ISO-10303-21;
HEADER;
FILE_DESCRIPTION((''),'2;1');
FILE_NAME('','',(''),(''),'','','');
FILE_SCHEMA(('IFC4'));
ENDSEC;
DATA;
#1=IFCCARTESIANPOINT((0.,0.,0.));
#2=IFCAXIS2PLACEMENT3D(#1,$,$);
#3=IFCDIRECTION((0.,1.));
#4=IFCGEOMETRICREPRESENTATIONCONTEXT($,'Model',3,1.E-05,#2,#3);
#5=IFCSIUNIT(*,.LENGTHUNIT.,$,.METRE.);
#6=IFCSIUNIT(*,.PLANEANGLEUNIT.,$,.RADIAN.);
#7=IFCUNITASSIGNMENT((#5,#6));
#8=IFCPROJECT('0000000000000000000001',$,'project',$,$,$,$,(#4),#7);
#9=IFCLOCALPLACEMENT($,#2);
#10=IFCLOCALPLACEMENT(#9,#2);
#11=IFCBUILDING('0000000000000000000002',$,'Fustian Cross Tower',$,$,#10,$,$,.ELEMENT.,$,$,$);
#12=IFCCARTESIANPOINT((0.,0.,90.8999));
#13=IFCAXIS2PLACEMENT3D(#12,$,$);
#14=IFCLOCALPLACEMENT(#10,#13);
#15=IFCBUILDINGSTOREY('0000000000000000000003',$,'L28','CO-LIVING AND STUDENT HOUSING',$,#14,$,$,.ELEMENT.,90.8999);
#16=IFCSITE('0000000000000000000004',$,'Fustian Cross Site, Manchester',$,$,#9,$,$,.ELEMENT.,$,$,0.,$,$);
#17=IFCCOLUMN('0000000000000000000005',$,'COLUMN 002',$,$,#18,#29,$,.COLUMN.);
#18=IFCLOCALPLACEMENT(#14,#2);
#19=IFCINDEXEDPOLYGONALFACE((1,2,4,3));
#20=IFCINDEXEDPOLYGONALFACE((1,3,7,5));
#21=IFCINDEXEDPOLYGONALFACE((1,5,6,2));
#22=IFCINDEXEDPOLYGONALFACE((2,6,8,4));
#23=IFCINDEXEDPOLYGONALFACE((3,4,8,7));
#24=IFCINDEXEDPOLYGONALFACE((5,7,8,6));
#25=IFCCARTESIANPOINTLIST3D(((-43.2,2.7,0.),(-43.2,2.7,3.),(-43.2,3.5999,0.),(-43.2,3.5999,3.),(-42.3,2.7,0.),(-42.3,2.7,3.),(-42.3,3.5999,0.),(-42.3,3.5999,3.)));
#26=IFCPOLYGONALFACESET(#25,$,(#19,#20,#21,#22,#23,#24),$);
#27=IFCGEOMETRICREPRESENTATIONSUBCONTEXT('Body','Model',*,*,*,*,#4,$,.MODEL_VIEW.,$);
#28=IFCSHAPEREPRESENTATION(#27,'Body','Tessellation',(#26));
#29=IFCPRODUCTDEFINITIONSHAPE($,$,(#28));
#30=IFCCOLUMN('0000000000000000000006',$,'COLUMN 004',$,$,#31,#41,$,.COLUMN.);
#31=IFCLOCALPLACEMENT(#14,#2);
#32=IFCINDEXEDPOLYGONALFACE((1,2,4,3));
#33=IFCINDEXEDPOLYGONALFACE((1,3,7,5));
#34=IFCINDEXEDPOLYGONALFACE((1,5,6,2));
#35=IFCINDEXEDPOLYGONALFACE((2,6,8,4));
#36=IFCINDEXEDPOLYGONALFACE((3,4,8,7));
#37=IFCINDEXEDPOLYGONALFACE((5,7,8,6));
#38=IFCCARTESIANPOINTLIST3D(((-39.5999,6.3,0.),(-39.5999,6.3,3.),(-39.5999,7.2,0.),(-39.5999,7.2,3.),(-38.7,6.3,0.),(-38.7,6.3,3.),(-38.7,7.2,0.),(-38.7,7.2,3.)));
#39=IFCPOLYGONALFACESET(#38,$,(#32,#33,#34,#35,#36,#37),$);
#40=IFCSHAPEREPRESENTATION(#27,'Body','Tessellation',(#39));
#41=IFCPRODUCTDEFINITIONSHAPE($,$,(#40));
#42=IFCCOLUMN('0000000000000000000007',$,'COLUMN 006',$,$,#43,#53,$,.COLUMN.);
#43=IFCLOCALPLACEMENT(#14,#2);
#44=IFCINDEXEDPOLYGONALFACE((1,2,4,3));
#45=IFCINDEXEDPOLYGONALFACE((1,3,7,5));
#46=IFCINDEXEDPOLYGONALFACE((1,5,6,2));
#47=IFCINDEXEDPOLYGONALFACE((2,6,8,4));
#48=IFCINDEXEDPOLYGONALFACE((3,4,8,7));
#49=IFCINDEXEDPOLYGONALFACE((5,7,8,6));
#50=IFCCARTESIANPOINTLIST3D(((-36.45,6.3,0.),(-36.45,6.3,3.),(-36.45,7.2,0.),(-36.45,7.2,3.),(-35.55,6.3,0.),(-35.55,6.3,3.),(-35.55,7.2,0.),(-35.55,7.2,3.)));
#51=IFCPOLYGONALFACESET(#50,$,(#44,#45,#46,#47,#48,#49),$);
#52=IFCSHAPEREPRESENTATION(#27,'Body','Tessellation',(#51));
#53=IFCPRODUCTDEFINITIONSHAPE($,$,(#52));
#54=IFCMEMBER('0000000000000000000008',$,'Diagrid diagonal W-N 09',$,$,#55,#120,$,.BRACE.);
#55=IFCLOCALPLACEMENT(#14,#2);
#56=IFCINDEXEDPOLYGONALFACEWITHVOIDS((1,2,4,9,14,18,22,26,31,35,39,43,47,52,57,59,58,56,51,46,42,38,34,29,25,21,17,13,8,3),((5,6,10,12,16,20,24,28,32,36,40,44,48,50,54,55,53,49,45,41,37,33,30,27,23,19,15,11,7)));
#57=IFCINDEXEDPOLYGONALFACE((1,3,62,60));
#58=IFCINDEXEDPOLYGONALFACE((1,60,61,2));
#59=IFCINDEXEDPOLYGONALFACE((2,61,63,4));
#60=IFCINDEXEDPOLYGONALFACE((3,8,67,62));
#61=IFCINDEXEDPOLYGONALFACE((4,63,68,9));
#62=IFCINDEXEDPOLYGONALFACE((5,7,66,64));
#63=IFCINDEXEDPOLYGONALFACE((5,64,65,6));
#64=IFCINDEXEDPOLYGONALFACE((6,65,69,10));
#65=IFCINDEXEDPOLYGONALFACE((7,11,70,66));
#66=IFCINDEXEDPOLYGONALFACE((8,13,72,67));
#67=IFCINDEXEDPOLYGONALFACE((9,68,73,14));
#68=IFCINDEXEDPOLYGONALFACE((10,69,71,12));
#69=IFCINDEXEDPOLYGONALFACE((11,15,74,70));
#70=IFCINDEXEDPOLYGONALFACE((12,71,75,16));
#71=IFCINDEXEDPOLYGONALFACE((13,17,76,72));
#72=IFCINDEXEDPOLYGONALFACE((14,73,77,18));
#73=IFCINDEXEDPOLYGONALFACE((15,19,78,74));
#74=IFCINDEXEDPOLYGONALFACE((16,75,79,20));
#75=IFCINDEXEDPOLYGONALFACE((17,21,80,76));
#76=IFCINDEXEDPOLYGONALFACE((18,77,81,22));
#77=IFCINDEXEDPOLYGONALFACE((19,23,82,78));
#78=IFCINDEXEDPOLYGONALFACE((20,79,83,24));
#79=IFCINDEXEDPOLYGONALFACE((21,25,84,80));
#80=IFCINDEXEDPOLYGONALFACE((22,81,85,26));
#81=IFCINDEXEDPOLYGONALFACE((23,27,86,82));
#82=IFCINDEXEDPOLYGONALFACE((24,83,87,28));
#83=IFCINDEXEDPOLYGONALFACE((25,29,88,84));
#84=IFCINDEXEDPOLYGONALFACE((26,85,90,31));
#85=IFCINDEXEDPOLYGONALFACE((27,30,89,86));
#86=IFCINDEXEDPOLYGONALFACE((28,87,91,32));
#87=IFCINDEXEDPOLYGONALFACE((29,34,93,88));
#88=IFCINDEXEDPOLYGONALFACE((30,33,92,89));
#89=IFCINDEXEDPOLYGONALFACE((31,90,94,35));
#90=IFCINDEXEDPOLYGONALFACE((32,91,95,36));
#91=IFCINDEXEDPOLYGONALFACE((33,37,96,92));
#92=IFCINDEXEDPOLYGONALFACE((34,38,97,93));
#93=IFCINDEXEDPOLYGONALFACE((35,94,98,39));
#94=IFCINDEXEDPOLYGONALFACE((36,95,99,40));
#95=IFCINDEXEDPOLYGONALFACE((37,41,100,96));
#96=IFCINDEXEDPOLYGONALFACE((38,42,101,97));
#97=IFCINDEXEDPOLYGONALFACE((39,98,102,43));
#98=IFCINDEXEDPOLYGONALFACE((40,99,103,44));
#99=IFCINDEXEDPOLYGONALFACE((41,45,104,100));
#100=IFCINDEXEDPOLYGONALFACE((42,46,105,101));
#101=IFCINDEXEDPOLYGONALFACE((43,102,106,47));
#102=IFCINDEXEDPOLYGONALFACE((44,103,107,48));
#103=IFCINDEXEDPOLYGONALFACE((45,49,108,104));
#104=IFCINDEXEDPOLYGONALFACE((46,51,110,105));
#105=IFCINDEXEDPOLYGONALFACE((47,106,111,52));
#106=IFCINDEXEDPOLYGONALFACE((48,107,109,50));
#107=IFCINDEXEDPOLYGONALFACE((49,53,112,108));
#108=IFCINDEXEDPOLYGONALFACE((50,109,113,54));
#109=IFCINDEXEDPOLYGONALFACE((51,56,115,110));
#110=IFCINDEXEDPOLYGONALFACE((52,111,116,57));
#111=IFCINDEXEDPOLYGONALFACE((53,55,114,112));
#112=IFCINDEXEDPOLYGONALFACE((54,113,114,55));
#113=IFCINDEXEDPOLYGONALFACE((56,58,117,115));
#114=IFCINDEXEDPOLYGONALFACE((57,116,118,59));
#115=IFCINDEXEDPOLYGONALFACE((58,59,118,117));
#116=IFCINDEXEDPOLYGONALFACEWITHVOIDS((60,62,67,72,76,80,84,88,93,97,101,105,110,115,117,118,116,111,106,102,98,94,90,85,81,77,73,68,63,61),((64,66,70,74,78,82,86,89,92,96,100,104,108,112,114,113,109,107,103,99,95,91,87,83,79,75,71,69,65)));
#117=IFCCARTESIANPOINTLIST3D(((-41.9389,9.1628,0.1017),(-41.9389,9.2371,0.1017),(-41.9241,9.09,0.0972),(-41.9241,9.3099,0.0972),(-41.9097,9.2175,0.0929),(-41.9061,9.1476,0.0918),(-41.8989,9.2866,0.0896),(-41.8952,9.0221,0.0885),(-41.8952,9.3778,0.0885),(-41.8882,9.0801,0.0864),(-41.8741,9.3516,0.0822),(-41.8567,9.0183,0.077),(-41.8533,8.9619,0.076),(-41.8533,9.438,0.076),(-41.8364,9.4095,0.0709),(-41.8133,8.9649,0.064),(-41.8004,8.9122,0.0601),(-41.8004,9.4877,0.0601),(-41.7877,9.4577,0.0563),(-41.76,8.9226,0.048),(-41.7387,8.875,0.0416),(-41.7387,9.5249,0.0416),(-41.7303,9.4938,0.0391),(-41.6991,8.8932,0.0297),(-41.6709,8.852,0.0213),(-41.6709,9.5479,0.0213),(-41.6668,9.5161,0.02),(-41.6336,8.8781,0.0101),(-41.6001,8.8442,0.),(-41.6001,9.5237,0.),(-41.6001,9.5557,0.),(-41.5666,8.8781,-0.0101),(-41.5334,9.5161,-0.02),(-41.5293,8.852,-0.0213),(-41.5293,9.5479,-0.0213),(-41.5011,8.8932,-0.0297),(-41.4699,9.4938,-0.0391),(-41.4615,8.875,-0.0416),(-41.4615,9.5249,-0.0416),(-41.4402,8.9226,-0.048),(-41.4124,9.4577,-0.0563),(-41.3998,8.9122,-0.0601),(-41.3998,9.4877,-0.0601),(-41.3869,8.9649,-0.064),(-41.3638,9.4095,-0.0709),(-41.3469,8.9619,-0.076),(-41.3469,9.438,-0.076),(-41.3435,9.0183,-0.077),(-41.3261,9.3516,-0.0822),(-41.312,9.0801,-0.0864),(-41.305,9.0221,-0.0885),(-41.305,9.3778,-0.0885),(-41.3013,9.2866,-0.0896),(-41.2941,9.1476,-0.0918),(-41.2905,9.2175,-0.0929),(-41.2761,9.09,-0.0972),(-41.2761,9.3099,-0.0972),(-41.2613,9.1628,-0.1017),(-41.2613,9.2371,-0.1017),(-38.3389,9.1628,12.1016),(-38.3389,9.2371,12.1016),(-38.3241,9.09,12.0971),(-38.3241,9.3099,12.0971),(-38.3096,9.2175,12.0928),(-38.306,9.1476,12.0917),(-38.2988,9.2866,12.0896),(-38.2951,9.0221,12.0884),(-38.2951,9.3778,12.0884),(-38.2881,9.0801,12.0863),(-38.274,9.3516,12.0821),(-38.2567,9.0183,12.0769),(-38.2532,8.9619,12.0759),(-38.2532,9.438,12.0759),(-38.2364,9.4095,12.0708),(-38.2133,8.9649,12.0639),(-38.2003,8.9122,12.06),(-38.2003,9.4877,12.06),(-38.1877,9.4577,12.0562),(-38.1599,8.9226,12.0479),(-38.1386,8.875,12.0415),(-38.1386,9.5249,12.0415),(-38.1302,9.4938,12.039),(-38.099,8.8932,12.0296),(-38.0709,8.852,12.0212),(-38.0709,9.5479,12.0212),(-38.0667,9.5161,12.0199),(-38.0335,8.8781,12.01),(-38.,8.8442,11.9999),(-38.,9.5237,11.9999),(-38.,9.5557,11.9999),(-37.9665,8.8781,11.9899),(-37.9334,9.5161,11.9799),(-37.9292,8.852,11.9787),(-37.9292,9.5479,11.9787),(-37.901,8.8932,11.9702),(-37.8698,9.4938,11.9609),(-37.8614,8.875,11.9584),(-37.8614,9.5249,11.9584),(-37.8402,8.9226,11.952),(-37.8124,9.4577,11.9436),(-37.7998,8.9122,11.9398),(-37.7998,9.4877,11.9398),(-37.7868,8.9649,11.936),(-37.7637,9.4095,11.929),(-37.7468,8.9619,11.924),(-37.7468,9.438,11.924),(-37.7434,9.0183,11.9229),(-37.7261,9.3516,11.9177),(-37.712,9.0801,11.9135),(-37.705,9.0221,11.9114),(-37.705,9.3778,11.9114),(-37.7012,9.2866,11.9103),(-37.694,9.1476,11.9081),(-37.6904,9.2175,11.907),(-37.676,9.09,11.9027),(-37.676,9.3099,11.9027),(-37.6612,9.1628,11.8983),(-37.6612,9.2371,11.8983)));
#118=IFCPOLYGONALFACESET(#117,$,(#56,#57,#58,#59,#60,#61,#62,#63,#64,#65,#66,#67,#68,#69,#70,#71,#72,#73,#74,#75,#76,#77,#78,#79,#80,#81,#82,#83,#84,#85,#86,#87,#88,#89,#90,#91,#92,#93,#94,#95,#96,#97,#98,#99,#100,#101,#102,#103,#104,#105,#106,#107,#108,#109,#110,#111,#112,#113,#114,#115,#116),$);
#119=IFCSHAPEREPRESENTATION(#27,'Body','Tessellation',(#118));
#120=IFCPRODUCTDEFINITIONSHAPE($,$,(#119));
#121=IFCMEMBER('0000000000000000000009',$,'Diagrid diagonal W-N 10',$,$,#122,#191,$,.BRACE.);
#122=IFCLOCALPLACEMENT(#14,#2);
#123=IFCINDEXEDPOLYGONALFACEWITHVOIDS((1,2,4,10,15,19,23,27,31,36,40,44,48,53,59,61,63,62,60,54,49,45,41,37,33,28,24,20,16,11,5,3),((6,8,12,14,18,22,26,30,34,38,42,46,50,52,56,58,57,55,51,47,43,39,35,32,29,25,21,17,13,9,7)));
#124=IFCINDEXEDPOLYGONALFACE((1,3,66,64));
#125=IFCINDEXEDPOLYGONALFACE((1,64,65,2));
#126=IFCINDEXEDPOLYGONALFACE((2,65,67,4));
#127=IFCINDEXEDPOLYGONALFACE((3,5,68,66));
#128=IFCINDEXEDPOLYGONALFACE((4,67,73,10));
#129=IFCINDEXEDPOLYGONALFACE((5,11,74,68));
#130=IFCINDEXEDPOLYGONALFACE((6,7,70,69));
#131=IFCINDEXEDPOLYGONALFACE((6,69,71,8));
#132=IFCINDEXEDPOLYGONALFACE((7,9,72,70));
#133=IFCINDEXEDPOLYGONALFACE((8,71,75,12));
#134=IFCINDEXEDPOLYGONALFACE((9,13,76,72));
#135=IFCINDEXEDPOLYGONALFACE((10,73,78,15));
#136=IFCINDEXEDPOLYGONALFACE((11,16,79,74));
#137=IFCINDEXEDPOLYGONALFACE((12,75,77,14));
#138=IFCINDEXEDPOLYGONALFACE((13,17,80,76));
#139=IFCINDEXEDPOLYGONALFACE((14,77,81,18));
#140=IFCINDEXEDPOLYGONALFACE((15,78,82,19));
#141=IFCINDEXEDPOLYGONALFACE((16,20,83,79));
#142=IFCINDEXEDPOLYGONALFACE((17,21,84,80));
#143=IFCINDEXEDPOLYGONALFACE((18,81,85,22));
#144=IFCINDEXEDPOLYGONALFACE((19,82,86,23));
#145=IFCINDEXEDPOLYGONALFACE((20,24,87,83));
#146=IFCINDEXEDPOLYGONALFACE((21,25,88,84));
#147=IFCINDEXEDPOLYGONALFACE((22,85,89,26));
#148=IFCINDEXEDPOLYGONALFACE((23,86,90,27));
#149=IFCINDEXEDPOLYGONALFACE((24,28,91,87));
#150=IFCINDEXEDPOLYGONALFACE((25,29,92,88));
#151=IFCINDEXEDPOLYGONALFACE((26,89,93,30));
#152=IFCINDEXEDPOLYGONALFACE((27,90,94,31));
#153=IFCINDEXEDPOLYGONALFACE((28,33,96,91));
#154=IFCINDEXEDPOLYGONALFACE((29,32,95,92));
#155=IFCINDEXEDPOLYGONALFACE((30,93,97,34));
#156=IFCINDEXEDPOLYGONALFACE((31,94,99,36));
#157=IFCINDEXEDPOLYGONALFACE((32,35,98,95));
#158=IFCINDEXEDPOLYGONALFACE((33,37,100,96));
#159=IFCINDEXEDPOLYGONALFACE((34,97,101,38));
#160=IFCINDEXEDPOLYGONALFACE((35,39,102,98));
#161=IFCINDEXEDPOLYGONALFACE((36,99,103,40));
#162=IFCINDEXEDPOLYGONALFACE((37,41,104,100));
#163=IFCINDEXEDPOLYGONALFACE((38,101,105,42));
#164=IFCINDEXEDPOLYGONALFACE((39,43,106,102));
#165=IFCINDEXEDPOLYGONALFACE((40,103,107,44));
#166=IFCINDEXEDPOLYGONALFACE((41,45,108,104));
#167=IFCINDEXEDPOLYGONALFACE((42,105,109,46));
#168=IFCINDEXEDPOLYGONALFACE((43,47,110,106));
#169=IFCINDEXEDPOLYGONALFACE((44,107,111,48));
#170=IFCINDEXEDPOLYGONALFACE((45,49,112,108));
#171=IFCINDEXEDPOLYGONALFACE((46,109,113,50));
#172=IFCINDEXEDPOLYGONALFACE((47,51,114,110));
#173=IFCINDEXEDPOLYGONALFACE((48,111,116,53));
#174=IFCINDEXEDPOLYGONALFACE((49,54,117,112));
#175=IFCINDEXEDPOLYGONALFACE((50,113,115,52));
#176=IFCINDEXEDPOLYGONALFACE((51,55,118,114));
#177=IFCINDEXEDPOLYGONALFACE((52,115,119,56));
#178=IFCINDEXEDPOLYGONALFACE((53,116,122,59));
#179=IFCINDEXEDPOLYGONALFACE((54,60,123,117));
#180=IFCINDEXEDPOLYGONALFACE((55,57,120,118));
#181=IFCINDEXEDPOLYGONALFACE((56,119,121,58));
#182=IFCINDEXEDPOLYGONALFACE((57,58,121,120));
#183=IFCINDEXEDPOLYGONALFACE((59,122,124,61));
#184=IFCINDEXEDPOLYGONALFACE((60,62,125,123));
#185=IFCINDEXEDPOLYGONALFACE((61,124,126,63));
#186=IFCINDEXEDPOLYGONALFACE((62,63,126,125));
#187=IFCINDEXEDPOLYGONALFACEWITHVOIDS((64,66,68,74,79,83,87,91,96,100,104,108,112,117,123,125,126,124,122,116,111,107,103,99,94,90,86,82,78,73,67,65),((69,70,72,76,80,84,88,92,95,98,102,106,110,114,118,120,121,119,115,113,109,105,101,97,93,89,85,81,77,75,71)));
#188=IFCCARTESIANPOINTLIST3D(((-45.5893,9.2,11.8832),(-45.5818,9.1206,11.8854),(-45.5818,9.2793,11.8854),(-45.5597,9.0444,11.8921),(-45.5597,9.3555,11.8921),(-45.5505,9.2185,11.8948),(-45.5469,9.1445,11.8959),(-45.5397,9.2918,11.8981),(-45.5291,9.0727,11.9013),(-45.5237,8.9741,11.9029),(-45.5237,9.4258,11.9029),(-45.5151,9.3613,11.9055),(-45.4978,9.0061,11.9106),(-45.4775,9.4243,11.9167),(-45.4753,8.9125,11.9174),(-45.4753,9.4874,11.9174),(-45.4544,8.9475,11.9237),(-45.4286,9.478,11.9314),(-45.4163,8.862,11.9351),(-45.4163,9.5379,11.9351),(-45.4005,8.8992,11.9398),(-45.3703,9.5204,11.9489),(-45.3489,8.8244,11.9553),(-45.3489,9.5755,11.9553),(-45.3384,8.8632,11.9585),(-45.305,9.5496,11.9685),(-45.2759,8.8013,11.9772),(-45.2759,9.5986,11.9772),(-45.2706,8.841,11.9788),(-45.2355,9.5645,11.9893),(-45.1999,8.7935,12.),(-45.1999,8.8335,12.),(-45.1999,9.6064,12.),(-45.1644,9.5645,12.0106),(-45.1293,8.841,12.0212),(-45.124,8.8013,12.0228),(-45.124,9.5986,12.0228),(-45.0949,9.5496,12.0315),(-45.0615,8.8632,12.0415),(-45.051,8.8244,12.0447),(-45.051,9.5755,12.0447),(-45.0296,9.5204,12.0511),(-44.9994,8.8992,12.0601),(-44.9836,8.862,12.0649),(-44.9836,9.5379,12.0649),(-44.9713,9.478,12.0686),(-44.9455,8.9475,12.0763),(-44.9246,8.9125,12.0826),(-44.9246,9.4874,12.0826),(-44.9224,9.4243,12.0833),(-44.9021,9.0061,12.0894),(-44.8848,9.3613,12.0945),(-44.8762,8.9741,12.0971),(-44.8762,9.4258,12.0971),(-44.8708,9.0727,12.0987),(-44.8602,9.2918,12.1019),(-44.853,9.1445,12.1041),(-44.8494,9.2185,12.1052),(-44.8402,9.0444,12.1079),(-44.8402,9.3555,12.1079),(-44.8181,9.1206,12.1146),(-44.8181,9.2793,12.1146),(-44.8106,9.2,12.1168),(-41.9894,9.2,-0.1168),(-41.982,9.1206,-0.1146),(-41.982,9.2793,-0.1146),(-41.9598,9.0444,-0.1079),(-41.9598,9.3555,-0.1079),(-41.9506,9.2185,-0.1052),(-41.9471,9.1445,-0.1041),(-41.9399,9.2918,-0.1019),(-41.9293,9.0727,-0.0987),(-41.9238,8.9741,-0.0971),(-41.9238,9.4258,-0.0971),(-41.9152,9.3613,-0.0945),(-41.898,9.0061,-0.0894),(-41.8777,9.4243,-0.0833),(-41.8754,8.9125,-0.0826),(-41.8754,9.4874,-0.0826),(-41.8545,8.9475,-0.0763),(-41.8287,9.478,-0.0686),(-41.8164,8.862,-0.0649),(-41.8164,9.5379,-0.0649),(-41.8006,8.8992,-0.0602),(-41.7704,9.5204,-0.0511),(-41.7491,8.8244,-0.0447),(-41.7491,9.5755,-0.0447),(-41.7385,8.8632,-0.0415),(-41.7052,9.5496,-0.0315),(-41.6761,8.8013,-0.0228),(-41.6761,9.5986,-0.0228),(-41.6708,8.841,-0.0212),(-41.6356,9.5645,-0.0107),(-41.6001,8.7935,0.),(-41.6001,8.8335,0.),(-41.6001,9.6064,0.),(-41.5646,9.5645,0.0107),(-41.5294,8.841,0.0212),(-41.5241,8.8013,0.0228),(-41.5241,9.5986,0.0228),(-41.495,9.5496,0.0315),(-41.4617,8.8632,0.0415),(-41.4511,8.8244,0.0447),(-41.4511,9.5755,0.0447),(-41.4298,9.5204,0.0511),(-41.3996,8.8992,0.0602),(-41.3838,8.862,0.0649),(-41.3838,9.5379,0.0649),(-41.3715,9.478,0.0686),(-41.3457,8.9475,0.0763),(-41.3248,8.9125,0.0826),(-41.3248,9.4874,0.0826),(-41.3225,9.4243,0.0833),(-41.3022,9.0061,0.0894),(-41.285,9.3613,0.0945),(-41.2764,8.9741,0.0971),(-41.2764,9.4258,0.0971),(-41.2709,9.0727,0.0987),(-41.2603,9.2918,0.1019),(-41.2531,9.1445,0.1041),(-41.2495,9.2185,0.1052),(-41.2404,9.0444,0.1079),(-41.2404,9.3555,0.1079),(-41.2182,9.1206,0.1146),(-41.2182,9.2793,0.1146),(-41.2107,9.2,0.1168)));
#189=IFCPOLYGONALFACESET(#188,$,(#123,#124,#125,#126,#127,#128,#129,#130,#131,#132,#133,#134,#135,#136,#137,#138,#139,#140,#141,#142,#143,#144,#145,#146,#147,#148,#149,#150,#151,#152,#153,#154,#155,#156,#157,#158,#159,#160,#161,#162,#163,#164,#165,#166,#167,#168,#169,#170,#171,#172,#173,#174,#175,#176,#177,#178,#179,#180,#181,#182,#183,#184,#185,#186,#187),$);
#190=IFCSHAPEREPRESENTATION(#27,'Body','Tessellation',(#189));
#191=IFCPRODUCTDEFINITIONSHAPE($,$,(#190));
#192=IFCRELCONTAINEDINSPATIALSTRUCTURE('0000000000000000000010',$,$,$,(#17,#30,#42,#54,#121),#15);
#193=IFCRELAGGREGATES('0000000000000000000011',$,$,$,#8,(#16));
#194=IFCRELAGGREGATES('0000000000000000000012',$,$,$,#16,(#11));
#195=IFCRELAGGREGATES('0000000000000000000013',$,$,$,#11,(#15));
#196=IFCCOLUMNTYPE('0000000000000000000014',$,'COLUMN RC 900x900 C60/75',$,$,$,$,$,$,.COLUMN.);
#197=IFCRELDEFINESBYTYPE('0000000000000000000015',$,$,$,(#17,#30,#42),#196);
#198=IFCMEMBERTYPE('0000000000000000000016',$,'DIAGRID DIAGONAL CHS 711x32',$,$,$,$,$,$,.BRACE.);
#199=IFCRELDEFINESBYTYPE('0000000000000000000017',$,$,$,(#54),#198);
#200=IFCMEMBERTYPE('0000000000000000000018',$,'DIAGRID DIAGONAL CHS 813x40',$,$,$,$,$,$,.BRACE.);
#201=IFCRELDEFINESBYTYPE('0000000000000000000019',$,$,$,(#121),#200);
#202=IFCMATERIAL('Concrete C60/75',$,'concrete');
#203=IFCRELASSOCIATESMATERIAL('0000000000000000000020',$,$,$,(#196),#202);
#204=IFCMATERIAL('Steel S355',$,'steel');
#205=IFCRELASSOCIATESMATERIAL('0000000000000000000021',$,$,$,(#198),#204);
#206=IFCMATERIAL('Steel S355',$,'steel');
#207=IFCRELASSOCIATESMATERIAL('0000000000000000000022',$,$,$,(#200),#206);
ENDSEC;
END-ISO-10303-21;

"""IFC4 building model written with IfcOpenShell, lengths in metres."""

from ifc_helpers import new_model, si_unit, direction, frame, origin, origin_2d, place, context, subcontext, project, spatial, rectangle, hollow_circle, extrude, material, material_profile, profile_set, type_object, element, save


model = new_model("IFC4")

# Units and contexts
model_context = context("Model", 3, precision=1e-05, world=origin(), true_north=direction((0.0, 1.0)))
body_context = subcontext(model_context, "Body", "Model", "MODEL_VIEW")
ifc_project = project(units=[si_unit("LENGTHUNIT", "METRE"), si_unit("PLANEANGLEUNIT", "RADIAN")], contexts=[model_context])

# Site, building, storey
site_placement = place(None, origin())
site = spatial("IfcSite", under=ifc_project, at=site_placement, Name="Fustian Cross Site, Manchester", CompositionType="ELEMENT", RefElevation=0.0)
building_placement = place(site_placement, origin())
building = spatial("IfcBuilding", under=site, at=building_placement, Name="Fustian Cross Tower", CompositionType="ELEMENT")
storey_placement = place(building_placement, frame((0.0, 0.0, 90.8999)))
storey = spatial("IfcBuildingStorey", under=building, at=storey_placement, Name="L28", Description="CO-LIVING AND STUDENT HOUSING", CompositionType="ELEMENT", Elevation=90.8999)

# Columns
ifc_material_1 = material(Name="Concrete C60/75", Category="concrete")
ifc_material_profile_1 = material_profile(ifc_material_1, rectangle(XDim=0.8999, YDim=0.8999, at=origin_2d()), Name="RC 900x900")
ifc_profile_set_1 = profile_set([ifc_material_profile_1], Name="Concrete C60/75")
column_type = type_object("IfcColumnType", Name="COLUMN RC 900x900 C60/75", PredefinedType="COLUMN", material=ifc_profile_set_1)
for number, where, z_axis, x_axis, name in (
    (1, (-42.75, 3.1499, 0.0), (0.0, 0.0, 1.0), (1.0, 0.0, 0.0), "COLUMN 002"),
    (2, (-39.1499, 6.75, 0.0), (0.0, 0.0, 1.0), (1.0, 0.0, 0.0), "COLUMN 004"),
    (3, (-36.0, 6.75, 0.0), (0.0, 0.0, 1.0), (1.0, 0.0, 0.0), "COLUMN 006"),
):
    element("IfcColumn", number, at=place(storey_placement, frame(where, z_axis=z_axis, x_axis=x_axis)), inside=storey, type_object=column_type, Name=name, PredefinedType="COLUMN", context=body_context, shape_type="SweptSolid", body=[
        extrude(rectangle(XDim=0.8999, YDim=0.8999, at=origin_2d()), origin(), (0.0, 0.0, 1.0), 3.0),
    ])

# Members
ifc_material_2 = material(Name="Steel S355", Category="steel")
ifc_material_profile_2 = material_profile(ifc_material_2, hollow_circle(Radius=0.3557, WallThickness=0.032, at=origin_2d()), Name="CHS 711x32")
ifc_profile_set_2 = profile_set([ifc_material_profile_2], Name="Steel S355")
member_type_1 = type_object("IfcMemberType", Name="DIAGRID DIAGONAL CHS 711x32", PredefinedType="BRACE", material=ifc_profile_set_2)
member_1_placement = place(storey_placement, frame((-41.6001, 9.2, 0.0), z_axis=(0.287355, 0.0, 0.957824), x_axis=(0.0, 1.0, 0.0)))
element("IfcMember", 4, at=member_1_placement, inside=storey, type_object=member_type_1, Name="Diagrid diagonal W-N 09", PredefinedType="BRACE", context=body_context, shape_type="SweptSolid", body=[
    extrude(hollow_circle(Radius=0.3557, WallThickness=0.032, at=origin_2d()), origin(), (0.0, 0.0, 1.0), 12.5283),
])
ifc_material_3 = material(Name="Steel S355", Category="steel")
ifc_material_profile_3 = material_profile(ifc_material_3, hollow_circle(Radius=0.4065, WallThickness=0.04, at=origin_2d()), Name="CHS 813x40")
ifc_profile_set_3 = profile_set([ifc_material_profile_3], Name="Steel S355")
member_type_2 = type_object("IfcMemberType", Name="DIAGRID DIAGONAL CHS 813x40", PredefinedType="BRACE", material=ifc_profile_set_3)
member_2_placement = place(storey_placement, frame((-41.6001, 9.2, 0.0), z_axis=(-0.287337, 0.0, 0.95783), x_axis=(0.0, -1.0, 0.0)))
element("IfcMember", 5, at=member_2_placement, inside=storey, type_object=member_type_2, Name="Diagrid diagonal W-N 10", PredefinedType="BRACE", context=body_context, shape_type="SweptSolid", body=[
    extrude(hollow_circle(Radius=0.4065, WallThickness=0.04, at=origin_2d()), origin(), (0.0, 0.0, 1.0), 12.5283),
])

save(model, "model.ifc")
